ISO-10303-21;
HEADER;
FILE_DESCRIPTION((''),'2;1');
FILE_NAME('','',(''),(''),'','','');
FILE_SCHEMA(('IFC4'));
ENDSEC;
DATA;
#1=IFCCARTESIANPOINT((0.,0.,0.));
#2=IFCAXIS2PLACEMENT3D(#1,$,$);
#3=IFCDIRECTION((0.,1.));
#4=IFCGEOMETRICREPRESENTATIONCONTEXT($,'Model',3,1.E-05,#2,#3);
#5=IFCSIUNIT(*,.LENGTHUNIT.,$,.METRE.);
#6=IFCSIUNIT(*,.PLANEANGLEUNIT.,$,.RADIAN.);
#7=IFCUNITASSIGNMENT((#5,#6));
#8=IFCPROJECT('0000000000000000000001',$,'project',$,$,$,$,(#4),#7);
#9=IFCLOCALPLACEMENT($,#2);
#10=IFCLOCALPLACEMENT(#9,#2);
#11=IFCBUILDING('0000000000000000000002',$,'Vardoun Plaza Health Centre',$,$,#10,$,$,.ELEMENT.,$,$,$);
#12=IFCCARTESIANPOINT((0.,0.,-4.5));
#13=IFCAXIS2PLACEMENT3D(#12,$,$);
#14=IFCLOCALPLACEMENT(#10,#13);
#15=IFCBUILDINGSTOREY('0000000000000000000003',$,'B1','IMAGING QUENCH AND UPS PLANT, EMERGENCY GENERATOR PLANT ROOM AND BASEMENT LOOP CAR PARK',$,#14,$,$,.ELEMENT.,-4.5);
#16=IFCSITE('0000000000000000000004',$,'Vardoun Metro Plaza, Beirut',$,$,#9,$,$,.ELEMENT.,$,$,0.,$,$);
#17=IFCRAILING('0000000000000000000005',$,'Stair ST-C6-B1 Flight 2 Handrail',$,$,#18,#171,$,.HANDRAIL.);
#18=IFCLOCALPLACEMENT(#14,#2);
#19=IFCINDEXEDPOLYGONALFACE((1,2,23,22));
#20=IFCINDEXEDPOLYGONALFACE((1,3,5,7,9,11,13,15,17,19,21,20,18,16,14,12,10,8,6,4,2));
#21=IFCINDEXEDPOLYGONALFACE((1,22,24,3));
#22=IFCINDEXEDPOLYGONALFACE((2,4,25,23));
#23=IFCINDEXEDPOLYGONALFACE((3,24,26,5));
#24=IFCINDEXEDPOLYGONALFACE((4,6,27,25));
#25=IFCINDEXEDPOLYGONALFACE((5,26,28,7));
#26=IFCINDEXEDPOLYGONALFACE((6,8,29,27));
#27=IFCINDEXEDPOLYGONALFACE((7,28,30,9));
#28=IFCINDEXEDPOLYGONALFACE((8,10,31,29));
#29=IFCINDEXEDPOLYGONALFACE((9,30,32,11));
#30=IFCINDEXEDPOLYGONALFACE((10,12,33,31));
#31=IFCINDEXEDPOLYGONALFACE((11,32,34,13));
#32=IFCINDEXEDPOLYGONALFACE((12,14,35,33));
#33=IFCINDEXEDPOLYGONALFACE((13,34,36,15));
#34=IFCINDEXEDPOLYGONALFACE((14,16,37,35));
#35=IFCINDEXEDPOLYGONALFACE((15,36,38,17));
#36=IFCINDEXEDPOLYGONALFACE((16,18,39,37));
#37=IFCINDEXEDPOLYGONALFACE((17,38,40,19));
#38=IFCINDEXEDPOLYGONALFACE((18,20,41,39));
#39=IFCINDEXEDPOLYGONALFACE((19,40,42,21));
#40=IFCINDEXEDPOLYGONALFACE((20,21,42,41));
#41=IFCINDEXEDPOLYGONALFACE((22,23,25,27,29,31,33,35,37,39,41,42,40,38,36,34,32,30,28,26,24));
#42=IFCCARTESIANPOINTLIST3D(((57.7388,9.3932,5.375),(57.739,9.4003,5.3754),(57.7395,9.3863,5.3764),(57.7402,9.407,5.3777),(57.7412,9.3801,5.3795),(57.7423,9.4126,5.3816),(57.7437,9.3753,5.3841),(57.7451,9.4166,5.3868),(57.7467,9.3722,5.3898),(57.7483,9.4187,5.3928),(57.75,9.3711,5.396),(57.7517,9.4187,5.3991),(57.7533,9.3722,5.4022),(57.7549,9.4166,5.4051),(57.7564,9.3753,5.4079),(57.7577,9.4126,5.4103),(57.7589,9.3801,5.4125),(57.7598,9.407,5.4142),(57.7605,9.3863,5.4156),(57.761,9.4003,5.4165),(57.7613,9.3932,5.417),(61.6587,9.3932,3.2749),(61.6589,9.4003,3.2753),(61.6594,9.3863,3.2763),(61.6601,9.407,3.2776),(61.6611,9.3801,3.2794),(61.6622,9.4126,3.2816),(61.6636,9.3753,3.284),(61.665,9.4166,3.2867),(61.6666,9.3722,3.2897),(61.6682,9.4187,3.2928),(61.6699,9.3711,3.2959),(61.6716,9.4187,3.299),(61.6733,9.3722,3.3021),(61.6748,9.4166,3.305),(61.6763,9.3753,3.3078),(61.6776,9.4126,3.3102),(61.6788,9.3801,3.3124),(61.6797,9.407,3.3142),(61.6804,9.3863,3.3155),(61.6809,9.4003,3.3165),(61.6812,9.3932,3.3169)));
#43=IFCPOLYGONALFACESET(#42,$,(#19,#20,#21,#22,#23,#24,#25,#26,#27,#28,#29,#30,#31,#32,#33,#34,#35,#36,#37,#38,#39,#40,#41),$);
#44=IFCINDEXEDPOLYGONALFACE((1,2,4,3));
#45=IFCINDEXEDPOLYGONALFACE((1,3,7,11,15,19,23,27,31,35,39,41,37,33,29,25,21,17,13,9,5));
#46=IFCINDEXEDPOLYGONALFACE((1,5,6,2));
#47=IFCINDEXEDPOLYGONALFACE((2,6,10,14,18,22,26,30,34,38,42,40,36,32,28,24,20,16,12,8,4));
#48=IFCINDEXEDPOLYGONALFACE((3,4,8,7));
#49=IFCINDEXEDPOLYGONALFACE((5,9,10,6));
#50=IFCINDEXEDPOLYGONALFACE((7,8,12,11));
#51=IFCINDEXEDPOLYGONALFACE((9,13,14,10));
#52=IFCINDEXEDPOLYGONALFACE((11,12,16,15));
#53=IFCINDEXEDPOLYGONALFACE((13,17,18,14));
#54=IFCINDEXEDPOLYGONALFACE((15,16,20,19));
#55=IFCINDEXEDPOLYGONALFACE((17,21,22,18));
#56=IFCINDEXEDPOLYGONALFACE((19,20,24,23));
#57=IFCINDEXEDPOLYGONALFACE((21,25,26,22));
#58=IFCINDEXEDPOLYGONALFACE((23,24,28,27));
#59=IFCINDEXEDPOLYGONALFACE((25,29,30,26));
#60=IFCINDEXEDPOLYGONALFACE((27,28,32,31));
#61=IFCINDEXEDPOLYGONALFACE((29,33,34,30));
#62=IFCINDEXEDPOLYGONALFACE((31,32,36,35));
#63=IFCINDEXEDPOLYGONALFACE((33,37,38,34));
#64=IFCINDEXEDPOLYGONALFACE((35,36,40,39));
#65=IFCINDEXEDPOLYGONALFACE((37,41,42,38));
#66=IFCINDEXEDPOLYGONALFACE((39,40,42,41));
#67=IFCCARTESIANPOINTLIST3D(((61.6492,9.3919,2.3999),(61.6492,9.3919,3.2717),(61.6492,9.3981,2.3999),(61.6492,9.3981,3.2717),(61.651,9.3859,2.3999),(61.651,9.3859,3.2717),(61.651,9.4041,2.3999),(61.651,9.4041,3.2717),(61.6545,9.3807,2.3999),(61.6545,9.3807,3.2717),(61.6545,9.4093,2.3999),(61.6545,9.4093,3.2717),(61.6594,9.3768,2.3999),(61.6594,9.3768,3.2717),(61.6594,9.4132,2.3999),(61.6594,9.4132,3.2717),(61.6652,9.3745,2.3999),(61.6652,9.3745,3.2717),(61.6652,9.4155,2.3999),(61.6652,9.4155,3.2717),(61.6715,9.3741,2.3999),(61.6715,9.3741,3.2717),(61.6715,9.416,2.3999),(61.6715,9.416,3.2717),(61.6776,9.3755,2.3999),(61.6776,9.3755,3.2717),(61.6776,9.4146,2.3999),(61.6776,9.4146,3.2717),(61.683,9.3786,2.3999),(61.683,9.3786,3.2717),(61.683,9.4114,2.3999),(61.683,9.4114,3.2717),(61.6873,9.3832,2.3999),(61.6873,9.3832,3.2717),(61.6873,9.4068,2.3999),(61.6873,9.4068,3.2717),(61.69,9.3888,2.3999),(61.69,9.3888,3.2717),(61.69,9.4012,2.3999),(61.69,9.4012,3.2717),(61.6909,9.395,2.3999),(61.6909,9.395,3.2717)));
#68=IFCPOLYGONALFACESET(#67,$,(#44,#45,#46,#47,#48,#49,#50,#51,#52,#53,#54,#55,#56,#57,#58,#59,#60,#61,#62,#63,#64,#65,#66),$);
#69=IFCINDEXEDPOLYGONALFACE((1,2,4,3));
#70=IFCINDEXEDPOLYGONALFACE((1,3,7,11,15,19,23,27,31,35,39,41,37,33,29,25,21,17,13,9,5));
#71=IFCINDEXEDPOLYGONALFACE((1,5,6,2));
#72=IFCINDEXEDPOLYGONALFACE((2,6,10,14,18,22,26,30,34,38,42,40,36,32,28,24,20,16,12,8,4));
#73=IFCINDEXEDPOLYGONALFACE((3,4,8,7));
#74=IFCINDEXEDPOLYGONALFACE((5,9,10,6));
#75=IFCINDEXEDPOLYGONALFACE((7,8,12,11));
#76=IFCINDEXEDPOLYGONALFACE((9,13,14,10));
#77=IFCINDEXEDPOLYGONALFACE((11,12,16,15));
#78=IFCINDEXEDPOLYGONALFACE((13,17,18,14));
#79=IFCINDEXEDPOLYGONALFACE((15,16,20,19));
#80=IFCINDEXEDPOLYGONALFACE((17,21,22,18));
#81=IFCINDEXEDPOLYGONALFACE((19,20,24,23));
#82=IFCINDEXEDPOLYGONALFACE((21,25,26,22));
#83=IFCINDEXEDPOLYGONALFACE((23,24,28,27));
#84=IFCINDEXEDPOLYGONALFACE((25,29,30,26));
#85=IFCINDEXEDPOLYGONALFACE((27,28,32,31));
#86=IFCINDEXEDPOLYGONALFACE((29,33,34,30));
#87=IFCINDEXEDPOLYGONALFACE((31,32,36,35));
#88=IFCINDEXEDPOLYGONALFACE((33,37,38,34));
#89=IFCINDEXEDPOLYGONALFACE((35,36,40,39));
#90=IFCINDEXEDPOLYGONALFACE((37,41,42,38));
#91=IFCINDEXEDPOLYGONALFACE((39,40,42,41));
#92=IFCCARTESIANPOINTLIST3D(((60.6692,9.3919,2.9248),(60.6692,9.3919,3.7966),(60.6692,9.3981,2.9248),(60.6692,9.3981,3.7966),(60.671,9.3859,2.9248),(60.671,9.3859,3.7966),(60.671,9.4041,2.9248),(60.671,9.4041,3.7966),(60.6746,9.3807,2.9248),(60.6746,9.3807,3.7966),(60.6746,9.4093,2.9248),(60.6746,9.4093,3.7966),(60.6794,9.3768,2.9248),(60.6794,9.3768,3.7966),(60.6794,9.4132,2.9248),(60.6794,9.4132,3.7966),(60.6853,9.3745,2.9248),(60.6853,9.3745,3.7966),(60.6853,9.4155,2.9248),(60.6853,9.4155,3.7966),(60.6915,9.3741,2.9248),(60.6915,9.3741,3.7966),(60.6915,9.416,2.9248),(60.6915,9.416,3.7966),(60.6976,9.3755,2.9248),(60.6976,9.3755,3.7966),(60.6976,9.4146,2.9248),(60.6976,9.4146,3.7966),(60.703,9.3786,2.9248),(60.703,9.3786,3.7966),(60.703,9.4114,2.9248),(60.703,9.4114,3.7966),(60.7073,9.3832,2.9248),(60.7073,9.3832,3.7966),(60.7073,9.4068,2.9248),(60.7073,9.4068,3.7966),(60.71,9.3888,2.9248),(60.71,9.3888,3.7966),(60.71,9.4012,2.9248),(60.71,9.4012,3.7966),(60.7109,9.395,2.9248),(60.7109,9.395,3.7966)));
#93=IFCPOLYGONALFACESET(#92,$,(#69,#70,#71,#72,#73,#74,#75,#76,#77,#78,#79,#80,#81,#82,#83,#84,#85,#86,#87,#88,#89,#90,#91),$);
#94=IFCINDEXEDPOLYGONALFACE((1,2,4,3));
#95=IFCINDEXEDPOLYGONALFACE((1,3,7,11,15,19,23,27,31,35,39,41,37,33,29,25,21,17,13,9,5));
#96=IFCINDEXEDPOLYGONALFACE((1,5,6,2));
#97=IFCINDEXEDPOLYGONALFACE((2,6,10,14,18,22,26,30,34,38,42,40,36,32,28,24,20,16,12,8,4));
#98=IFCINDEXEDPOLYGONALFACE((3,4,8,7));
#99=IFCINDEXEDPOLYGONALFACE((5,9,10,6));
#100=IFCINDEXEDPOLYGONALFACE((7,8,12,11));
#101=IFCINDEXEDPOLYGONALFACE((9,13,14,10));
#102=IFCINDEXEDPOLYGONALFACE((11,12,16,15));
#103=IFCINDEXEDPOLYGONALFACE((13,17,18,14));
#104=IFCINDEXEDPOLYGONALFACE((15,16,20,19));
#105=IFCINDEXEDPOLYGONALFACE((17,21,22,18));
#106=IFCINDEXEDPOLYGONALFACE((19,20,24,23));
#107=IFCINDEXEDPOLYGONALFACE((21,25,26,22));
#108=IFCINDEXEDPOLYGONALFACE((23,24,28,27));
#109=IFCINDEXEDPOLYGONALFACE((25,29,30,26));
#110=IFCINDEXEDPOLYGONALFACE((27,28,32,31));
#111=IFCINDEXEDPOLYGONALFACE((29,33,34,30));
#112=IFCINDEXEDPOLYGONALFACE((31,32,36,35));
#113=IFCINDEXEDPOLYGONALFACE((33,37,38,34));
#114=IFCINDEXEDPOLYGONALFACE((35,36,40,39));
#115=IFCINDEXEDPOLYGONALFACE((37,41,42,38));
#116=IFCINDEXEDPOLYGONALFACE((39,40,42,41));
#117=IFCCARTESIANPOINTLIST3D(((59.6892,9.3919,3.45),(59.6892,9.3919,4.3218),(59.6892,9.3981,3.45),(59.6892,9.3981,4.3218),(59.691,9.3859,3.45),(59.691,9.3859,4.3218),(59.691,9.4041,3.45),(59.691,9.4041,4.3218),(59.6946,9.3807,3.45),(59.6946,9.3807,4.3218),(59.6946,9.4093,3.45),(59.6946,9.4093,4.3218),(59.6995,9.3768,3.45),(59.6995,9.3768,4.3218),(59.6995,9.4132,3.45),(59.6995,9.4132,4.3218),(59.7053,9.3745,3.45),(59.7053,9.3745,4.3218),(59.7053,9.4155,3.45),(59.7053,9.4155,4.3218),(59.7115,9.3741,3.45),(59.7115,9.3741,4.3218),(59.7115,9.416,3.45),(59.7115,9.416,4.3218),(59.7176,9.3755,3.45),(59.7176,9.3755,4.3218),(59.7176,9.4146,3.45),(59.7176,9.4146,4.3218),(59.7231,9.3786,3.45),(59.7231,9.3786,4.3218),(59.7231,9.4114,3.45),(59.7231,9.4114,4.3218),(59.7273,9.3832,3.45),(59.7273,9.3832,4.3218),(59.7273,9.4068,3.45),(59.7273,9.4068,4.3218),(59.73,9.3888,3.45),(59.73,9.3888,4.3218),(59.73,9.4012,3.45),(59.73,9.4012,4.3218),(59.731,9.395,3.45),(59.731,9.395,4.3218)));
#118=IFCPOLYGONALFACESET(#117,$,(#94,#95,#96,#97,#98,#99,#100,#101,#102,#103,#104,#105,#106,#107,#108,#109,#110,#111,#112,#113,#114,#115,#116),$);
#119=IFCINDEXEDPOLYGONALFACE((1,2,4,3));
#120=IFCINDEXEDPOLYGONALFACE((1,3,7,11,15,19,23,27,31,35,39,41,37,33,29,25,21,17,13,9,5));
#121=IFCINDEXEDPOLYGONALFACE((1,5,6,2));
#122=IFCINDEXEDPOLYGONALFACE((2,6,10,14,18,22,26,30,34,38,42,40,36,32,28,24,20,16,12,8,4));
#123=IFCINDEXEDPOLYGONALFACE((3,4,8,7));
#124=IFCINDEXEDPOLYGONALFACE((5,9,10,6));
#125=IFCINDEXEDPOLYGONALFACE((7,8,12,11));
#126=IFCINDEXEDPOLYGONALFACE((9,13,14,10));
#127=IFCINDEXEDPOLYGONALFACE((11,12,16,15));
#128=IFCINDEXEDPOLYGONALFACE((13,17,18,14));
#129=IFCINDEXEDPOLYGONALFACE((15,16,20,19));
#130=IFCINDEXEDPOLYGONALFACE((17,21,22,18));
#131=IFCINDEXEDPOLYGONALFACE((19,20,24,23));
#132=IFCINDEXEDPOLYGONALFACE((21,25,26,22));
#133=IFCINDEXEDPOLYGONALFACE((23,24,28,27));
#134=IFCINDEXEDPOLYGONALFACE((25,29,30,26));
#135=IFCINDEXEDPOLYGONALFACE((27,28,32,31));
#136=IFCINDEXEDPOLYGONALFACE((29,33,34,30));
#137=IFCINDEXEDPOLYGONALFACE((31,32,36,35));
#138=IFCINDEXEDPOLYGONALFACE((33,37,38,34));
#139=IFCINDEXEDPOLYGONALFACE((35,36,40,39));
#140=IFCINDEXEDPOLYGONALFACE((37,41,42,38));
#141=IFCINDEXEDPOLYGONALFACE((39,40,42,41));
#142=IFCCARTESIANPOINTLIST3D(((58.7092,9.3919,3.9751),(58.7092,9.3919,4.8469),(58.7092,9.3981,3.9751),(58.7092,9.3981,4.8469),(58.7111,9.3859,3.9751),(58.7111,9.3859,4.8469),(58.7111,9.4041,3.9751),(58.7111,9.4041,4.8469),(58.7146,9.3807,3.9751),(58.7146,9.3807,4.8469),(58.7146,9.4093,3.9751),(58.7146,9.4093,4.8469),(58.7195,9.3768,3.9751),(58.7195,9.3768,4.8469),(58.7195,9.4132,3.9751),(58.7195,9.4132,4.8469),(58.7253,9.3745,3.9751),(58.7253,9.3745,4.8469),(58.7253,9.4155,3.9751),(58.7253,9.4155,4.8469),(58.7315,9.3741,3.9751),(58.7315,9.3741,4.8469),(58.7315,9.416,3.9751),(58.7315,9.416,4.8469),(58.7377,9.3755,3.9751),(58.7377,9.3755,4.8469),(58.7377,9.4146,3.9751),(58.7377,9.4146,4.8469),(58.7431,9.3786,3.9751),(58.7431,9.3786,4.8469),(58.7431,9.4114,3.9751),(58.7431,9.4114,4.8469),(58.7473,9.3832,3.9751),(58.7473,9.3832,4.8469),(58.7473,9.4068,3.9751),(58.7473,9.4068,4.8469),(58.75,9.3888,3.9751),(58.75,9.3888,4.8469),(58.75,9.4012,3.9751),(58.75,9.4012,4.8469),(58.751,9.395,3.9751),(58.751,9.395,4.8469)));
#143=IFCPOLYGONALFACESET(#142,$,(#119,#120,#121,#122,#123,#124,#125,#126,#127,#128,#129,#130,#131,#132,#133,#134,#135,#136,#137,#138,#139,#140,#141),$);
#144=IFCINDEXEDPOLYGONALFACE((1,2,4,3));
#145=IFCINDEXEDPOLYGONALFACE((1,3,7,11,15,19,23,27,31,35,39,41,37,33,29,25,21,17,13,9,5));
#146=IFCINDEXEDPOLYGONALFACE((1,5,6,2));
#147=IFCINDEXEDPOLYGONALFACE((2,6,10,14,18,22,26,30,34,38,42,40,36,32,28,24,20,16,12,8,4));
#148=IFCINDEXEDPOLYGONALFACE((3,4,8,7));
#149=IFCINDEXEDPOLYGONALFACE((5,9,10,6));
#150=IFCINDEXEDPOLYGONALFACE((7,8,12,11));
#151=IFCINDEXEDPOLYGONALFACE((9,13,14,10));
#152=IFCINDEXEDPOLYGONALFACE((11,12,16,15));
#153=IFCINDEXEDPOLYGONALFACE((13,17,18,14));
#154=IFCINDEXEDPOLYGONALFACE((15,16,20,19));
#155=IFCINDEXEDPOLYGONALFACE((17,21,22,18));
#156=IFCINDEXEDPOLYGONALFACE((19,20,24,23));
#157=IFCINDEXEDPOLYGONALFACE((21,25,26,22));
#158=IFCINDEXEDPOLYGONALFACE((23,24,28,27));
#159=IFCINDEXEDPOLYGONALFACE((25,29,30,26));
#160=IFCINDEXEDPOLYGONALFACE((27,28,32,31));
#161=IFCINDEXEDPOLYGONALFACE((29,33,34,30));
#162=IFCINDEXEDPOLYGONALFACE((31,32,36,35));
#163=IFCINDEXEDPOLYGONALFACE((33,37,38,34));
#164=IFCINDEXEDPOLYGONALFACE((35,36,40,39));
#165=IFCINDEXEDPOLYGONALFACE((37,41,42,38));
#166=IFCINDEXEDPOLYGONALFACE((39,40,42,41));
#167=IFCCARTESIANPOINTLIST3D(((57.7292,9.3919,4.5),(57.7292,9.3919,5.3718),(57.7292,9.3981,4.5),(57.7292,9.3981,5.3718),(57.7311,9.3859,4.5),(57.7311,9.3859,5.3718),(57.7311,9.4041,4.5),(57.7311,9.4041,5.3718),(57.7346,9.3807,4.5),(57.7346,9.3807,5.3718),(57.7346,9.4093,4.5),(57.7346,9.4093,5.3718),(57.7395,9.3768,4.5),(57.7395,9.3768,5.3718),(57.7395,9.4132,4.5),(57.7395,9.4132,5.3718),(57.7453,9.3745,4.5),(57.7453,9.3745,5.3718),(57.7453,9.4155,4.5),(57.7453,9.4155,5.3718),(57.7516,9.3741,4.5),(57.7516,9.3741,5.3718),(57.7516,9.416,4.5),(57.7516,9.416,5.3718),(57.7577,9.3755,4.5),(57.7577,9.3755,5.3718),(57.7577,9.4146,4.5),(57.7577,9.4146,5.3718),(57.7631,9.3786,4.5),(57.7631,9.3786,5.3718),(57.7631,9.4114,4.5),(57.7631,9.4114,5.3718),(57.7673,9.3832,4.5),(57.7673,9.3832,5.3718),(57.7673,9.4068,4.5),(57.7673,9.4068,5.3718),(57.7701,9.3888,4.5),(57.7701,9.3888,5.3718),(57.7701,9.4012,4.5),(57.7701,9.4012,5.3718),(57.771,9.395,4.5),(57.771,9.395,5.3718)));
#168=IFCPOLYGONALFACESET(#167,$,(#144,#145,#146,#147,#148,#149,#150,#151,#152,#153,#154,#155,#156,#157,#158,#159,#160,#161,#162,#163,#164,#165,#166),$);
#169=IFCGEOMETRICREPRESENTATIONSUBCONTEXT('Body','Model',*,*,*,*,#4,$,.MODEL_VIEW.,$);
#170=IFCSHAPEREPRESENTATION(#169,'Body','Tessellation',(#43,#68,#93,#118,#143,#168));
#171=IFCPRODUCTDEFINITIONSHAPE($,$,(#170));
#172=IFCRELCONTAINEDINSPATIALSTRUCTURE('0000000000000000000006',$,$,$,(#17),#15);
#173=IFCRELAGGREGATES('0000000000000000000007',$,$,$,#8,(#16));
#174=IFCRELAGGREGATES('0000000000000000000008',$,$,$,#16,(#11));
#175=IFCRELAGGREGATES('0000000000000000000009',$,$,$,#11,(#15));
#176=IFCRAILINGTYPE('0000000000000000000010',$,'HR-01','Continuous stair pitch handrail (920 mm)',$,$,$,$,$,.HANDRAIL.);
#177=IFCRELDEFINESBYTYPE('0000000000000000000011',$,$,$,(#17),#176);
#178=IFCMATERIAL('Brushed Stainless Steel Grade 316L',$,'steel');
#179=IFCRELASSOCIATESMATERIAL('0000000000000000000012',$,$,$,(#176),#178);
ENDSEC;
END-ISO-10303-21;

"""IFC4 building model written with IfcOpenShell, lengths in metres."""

from ifc_helpers import new_model, si_unit, direction, frame, origin, origin_2d, place, context, subcontext, project, spatial, circle, extrude, material, type_object, element, save


model = new_model("IFC4")

# Units and contexts
model_context = context("Model", 3, precision=1e-05, world=origin(), true_north=direction((0.0, 1.0)))
body_context = subcontext(model_context, "Body", "Model", "MODEL_VIEW")
ifc_project = project(units=[si_unit("LENGTHUNIT", "METRE"), si_unit("PLANEANGLEUNIT", "RADIAN")], contexts=[model_context])

# Site, building, storey
site_placement = place(None, origin())
site = spatial("IfcSite", under=ifc_project, at=site_placement, Name="Vardoun Metro Plaza, Beirut", CompositionType="ELEMENT", RefElevation=0.0)
building_placement = place(site_placement, origin())
building = spatial("IfcBuilding", under=site, at=building_placement, Name="Vardoun Plaza Health Centre", CompositionType="ELEMENT")
storey_placement = place(building_placement, frame((0.0, 0.0, -4.5)))
storey = spatial("IfcBuildingStorey", under=building, at=storey_placement, Name="B1", Description="IMAGING QUENCH AND UPS PLANT, EMERGENCY GENERATOR PLANT ROOM AND BASEMENT LOOP CAR PARK", CompositionType="ELEMENT", Elevation=-4.5)

# Railing
ifc_material_1 = material(Name="Brushed Stainless Steel Grade 316L", Category="steel")
railing_type_1 = type_object("IfcRailingType", Name="HR-01", Description="Continuous stair pitch handrail (920 mm)", PredefinedType="HANDRAIL", material=ifc_material_1)
railing_1_placement = place(storey_placement, frame((61.6699, 9.395, 2.3999)))
element("IfcRailing", 1, at=railing_1_placement, inside=storey, type_object=railing_type_1, Name="Stair ST-C6-B1 Flight 2 Handrail", PredefinedType="HANDRAIL", context=body_context, shape_type="SweptSolid", body=[
    extrude(circle(Radius=0.0239, at=origin_2d()), frame((0.0, 0.0, 0.896), z_axis=(-0.881467, 0.0, 0.472246), x_axis=(0.0, -1.0, 0.0)), (0.0, 0.0, 1.0), 4.447),
    extrude(circle(Radius=0.021, at=origin_2d()), origin(), (0.0, 0.0, 1.0), 0.8718),
    extrude(circle(Radius=0.021, at=origin_2d()), frame((-0.98, 0.0, 0.5249)), (0.0, 0.0, 1.0), 0.8718),
    extrude(circle(Radius=0.021, at=origin_2d()), frame((-1.96, 0.0, 1.05)), (0.0, 0.0, 1.0), 0.8718),
    extrude(circle(Radius=0.021, at=origin_2d()), frame((-2.9399, 0.0, 1.5752)), (0.0, 0.0, 1.0), 0.8718),
    extrude(circle(Radius=0.021, at=origin_2d()), frame((-3.9199, 0.0, 2.1001)), (0.0, 0.0, 1.0), 0.8718),
])

save(model, "model.ifc")
